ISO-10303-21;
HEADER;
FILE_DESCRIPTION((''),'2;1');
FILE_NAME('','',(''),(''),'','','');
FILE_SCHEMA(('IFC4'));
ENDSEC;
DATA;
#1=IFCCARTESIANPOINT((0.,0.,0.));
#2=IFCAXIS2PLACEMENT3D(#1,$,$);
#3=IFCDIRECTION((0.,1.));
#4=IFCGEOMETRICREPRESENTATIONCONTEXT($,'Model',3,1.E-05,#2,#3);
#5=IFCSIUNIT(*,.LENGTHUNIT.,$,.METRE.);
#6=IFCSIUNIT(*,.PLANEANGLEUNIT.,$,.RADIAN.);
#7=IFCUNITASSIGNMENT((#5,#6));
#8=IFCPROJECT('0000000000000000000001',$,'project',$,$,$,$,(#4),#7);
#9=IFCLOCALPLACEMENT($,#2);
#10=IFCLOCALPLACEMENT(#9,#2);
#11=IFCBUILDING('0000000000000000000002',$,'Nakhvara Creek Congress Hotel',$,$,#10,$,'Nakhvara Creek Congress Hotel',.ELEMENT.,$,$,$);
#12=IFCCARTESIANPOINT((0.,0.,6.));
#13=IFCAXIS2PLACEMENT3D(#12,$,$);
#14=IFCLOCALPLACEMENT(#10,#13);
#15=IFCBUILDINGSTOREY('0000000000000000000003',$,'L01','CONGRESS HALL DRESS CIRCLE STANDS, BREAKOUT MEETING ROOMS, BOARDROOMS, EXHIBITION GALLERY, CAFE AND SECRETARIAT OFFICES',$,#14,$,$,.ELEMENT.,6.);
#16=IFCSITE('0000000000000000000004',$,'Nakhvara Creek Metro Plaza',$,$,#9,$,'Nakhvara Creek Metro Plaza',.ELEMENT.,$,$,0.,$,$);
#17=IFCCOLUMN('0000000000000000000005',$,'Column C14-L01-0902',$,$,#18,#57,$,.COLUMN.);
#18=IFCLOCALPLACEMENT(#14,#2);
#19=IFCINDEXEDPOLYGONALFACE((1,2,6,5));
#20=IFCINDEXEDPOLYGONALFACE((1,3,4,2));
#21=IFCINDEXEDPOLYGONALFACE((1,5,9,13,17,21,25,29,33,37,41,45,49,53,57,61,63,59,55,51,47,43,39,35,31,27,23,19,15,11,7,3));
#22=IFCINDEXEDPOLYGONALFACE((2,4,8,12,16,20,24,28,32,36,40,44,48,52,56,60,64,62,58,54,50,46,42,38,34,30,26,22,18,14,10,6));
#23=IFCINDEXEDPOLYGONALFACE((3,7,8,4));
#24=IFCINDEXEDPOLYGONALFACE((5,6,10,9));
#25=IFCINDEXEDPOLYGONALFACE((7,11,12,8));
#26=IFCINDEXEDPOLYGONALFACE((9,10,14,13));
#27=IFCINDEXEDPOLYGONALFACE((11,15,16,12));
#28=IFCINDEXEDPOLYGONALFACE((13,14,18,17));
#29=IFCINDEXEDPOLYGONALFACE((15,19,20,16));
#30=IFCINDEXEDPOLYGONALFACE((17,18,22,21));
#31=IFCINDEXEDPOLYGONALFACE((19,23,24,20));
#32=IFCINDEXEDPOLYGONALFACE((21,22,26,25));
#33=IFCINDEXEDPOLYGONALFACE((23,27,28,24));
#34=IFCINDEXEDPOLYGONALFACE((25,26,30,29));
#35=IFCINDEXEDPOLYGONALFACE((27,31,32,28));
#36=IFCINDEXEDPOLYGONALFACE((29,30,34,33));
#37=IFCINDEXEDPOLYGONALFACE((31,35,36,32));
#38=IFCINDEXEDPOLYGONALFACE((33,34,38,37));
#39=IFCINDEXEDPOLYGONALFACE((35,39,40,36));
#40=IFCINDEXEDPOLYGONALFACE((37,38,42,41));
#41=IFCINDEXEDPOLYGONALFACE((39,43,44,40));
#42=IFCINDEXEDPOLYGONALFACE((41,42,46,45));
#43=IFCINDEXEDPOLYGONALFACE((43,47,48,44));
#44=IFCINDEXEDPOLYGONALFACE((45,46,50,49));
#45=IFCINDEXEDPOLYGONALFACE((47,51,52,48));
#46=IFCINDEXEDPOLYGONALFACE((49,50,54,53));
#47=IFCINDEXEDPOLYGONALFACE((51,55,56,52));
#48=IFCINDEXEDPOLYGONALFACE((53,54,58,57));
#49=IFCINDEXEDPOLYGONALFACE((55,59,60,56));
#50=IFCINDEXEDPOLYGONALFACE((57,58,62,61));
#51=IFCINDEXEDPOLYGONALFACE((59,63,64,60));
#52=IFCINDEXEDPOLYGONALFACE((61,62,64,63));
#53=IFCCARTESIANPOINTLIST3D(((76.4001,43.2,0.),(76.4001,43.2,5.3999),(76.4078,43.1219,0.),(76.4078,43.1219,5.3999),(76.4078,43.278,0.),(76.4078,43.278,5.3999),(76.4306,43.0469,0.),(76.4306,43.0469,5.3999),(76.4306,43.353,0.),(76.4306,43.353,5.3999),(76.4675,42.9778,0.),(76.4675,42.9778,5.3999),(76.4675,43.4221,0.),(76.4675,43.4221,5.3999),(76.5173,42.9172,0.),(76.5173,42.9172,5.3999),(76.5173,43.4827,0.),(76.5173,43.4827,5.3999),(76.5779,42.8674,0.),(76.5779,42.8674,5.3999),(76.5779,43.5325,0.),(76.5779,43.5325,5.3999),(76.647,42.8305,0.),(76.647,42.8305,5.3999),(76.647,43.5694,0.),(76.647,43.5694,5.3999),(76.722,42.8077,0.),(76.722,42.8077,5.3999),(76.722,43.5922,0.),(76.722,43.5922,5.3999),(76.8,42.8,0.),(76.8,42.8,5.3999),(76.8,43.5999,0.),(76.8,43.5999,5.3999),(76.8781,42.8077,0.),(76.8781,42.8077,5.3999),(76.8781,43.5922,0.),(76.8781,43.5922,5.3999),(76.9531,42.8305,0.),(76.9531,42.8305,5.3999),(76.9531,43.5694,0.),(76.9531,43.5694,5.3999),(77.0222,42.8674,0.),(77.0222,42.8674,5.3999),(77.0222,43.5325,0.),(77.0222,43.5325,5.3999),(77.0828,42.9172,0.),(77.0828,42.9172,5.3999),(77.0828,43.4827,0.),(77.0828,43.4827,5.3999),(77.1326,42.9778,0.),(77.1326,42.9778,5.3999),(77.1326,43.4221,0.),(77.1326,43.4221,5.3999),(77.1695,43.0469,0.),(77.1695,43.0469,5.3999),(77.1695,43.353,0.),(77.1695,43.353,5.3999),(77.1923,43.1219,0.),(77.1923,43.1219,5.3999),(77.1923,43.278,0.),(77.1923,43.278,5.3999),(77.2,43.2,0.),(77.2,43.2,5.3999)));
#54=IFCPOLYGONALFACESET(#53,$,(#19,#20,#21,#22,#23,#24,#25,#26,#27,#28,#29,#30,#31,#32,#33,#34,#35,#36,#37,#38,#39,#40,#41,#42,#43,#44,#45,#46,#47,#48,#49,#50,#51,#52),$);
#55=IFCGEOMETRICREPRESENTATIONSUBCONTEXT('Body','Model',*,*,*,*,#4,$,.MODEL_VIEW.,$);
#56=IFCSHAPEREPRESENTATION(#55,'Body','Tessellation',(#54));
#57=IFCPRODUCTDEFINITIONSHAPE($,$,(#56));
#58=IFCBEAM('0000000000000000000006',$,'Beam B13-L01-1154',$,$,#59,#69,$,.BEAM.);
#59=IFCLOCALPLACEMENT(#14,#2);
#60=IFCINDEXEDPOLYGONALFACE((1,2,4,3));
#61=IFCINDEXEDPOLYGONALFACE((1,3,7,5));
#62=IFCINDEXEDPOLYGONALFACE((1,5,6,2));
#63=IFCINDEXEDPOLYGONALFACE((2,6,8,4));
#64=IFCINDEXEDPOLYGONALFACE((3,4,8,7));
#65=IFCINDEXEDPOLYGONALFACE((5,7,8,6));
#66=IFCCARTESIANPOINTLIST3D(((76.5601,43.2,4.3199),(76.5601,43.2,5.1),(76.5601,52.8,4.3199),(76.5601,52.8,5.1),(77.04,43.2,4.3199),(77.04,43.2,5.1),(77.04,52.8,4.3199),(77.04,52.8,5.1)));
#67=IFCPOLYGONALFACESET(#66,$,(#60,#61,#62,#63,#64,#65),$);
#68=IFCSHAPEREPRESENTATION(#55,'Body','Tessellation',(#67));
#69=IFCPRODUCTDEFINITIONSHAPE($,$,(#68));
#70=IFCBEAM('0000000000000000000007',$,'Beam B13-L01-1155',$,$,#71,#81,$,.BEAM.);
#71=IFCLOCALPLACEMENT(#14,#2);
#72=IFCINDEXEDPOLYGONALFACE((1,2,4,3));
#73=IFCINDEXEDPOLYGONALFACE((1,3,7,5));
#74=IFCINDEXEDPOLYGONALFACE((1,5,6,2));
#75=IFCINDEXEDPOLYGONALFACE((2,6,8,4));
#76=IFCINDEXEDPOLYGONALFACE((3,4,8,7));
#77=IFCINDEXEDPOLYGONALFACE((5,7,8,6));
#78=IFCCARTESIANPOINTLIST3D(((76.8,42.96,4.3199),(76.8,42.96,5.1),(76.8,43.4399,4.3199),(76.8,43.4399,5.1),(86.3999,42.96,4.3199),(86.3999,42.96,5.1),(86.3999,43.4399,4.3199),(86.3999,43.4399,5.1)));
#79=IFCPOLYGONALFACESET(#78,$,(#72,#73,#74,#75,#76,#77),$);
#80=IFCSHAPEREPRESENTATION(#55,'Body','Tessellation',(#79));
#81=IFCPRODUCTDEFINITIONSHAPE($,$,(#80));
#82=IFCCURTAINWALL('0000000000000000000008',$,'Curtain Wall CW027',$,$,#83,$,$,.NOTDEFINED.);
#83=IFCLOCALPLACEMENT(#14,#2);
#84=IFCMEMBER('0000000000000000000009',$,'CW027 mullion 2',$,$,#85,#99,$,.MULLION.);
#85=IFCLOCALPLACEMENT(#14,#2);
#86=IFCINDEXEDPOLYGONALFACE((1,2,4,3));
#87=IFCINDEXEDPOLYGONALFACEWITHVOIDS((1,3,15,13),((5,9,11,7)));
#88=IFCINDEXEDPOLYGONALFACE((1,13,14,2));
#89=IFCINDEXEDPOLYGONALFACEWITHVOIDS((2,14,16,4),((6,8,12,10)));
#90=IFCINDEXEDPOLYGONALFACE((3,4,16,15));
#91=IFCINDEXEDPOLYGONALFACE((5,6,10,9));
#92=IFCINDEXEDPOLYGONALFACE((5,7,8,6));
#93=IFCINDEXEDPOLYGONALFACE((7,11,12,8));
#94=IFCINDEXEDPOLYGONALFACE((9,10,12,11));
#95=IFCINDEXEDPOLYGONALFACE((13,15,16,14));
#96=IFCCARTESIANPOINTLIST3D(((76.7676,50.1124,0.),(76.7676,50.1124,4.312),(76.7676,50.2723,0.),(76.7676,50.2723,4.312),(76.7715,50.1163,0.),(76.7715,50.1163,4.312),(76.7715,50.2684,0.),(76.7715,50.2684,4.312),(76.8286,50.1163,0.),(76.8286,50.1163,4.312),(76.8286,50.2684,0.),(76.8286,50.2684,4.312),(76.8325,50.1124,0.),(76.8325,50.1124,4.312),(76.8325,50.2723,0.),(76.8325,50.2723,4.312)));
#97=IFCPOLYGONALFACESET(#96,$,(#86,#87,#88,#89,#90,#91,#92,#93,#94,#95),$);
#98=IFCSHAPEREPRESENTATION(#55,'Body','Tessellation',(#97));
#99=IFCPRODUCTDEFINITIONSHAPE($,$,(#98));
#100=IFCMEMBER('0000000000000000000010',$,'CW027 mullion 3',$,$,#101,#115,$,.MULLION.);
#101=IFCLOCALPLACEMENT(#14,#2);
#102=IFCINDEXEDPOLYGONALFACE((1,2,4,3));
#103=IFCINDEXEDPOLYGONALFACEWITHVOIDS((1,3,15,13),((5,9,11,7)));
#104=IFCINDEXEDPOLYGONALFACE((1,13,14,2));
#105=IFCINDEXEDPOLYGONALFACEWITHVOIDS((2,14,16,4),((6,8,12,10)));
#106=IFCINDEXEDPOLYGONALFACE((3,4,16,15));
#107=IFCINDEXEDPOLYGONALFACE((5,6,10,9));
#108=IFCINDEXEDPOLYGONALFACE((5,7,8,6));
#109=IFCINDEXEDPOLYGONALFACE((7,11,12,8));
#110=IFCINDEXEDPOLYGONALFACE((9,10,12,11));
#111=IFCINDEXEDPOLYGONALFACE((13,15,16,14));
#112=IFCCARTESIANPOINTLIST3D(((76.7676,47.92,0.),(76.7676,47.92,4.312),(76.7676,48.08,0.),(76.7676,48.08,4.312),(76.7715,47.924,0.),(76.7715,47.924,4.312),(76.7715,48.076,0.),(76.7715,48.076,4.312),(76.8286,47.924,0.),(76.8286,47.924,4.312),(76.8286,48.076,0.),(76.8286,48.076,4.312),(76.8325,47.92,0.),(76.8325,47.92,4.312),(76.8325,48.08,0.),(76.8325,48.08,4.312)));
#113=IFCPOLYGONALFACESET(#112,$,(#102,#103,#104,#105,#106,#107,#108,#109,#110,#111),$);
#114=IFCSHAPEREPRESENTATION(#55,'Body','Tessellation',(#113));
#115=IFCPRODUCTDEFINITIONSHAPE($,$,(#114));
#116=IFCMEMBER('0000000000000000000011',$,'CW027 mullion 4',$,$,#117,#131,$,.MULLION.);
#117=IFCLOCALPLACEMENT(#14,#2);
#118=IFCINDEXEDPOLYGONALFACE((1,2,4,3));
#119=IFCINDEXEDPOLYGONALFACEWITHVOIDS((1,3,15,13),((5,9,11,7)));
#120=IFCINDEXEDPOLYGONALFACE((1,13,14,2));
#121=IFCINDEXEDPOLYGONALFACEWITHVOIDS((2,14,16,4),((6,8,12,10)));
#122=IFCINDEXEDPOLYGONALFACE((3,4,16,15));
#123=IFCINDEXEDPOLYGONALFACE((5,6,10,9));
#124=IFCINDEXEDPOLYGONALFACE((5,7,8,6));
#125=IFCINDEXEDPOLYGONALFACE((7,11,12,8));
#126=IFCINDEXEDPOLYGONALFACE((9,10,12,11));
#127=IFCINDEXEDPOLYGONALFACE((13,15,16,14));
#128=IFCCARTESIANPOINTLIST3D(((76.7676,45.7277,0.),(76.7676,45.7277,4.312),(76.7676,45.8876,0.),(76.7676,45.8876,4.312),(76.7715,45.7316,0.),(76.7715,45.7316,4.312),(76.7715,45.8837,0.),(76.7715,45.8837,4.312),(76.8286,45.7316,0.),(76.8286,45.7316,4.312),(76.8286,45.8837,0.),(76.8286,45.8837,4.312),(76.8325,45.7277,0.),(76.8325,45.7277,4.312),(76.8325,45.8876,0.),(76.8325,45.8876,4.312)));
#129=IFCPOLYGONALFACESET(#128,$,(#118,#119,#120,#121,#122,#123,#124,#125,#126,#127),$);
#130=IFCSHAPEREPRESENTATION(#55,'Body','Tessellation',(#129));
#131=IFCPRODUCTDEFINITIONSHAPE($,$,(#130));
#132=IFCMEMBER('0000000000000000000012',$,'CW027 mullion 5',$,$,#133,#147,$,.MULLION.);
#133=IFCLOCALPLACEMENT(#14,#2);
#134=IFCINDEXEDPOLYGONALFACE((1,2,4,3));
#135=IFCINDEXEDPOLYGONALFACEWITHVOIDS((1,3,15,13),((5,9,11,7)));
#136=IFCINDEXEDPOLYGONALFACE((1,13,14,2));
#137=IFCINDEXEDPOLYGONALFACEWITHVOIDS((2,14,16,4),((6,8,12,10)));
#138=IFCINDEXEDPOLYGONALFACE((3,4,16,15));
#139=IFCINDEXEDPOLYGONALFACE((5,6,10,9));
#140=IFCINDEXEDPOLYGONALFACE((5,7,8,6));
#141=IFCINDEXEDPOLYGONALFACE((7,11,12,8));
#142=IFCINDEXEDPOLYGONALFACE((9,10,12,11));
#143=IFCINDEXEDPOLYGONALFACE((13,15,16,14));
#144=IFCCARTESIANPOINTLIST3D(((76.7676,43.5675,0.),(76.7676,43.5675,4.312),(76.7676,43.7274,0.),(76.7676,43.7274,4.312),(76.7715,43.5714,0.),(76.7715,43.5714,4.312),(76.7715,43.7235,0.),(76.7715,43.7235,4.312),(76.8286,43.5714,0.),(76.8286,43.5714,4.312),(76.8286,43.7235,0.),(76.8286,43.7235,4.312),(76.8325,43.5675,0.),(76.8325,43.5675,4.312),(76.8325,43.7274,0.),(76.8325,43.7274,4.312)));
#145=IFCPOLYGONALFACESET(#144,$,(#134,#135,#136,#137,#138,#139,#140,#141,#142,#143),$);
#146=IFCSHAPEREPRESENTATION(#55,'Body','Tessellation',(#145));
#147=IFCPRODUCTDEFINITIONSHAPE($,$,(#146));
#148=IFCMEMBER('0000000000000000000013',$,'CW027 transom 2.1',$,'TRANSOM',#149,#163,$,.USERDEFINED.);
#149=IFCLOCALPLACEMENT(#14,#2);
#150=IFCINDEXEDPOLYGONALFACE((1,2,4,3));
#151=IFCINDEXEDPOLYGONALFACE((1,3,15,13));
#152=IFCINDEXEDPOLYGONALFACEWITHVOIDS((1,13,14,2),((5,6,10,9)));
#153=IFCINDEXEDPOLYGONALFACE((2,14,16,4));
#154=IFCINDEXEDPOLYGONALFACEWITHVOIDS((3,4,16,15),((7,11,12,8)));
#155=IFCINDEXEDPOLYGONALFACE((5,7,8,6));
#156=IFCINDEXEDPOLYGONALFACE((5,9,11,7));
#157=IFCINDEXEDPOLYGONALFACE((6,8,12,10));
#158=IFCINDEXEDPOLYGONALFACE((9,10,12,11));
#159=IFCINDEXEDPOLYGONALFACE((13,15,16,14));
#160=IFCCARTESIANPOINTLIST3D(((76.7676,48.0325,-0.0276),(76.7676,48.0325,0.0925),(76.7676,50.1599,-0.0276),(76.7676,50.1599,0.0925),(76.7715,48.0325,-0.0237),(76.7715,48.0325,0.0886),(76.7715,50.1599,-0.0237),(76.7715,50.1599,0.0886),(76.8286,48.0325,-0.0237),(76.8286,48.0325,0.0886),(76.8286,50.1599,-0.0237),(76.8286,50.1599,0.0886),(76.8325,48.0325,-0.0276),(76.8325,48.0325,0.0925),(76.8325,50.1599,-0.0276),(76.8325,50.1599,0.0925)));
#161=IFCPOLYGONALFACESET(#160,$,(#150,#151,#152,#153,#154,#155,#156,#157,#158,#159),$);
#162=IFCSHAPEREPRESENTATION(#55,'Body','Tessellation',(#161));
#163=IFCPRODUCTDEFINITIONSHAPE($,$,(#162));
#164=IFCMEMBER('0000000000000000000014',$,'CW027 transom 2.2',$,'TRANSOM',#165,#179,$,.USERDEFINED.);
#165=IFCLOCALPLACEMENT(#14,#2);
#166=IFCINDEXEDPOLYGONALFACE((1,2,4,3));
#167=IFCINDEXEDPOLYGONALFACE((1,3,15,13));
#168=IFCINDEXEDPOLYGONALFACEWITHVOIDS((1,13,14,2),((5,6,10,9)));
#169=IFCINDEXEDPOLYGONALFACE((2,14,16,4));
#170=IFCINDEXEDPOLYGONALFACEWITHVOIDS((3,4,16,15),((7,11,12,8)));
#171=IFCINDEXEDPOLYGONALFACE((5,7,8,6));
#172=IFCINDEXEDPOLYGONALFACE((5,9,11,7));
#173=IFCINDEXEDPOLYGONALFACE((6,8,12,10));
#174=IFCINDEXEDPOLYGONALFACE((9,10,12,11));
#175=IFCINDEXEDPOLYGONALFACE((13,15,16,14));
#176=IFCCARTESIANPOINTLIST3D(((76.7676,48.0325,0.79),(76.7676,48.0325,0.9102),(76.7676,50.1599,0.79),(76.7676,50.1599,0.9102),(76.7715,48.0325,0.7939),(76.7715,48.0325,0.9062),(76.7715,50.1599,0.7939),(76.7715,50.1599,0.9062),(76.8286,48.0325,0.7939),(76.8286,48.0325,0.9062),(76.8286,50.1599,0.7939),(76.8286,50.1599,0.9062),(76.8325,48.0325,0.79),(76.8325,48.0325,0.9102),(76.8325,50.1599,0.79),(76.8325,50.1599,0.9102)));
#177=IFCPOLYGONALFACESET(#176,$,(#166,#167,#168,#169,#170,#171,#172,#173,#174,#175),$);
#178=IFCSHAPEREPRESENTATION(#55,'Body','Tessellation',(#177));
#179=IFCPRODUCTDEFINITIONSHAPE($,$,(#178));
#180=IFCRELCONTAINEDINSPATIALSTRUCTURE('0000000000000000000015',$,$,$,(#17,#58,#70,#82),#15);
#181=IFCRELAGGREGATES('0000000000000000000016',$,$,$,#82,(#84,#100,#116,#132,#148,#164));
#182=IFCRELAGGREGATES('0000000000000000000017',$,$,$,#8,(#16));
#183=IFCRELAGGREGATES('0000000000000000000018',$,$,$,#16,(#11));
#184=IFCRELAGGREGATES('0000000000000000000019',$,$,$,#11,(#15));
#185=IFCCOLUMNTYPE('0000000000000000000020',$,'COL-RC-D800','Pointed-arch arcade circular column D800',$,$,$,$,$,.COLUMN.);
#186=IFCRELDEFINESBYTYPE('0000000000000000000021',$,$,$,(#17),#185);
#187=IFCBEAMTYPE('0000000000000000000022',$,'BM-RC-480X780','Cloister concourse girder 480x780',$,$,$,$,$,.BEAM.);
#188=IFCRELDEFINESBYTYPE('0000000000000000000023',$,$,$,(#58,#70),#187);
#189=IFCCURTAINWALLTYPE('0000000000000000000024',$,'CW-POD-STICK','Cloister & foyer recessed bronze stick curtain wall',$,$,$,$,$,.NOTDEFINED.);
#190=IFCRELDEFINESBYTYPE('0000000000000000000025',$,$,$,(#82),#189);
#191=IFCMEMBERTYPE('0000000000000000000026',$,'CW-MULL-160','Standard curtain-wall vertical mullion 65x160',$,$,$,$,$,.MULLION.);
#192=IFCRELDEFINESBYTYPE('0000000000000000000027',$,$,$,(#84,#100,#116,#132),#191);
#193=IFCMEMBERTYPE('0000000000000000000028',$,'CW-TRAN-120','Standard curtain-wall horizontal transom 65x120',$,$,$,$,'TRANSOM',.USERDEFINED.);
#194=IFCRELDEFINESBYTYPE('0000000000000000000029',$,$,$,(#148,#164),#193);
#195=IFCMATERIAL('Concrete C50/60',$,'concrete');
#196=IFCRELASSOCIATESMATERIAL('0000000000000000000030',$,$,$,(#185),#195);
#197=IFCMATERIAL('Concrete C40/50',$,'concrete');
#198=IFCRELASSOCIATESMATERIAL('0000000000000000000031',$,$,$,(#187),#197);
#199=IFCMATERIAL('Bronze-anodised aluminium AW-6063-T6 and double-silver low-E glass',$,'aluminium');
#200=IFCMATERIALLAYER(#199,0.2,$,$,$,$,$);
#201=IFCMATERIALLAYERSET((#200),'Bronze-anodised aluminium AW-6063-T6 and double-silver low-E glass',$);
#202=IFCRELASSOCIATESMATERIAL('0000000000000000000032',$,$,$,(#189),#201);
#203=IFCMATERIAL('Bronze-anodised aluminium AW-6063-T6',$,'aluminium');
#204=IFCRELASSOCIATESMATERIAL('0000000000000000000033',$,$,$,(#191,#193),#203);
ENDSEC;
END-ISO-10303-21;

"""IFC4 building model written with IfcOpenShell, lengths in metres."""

from ifc_helpers import new_model, si_unit, direction, frame, origin, origin_2d, place, context, subcontext, project, spatial, rectangle, hollow_rectangle, circle, extrude, material, layer, layer_set, material_profile, profile_set, type_object, element, aggregate, save


model = new_model("IFC4")

# Units and contexts
model_context = context("Model", 3, precision=1e-05, world=origin(), true_north=direction((0.0, 1.0)))
body_context = subcontext(model_context, "Body", "Model", "MODEL_VIEW")
ifc_project = project(units=[si_unit("LENGTHUNIT", "METRE"), si_unit("PLANEANGLEUNIT", "RADIAN")], contexts=[model_context])

# Site, building, storey
site_placement = place(None, origin())
site = spatial("IfcSite", under=ifc_project, at=site_placement, Name="Nakhvara Creek Metro Plaza", LongName="Nakhvara Creek Metro Plaza", CompositionType="ELEMENT", RefElevation=0.0)
building_placement = place(site_placement, origin())
building = spatial("IfcBuilding", under=site, at=building_placement, Name="Nakhvara Creek Congress Hotel", LongName="Nakhvara Creek Congress Hotel", CompositionType="ELEMENT")
storey_placement = place(building_placement, frame((0.0, 0.0, 6.0)))
storey = spatial("IfcBuildingStorey", under=building, at=storey_placement, Name="L01", Description="CONGRESS HALL DRESS CIRCLE STANDS, BREAKOUT MEETING ROOMS, BOARDROOMS, EXHIBITION GALLERY, CAFE AND SECRETARIAT OFFICES", CompositionType="ELEMENT", Elevation=6.0)

# Column
ifc_material_1 = material(Name="Concrete C50/60", Category="concrete")
ifc_material_profile_1 = material_profile(ifc_material_1, circle(Radius=0.3999, at=origin_2d()), Name="RC-COL D800", Category="LoadBearing")
ifc_profile_set_1 = profile_set([ifc_material_profile_1], Name="Concrete C50/60")
column_type = type_object("IfcColumnType", Name="COL-RC-D800", Description="Pointed-arch arcade circular column D800", PredefinedType="COLUMN", material=ifc_profile_set_1)
column_placement = place(storey_placement, frame((76.8, 43.2, 0.0), z_axis=(0.0, 0.0, 1.0), x_axis=(1.0, 0.0, 0.0)))
element("IfcColumn", 1, at=column_placement, inside=storey, type_object=column_type, Name="Column C14-L01-0902", PredefinedType="COLUMN", context=body_context, shape_type="SweptSolid", body=[
    extrude(circle(Radius=0.3999, at=origin_2d()), origin(), (0.0, 0.0, 1.0), 5.3999),
])

# Beams
ifc_material_2 = material(Name="Concrete C40/50", Category="concrete")
ifc_material_profile_2 = material_profile(ifc_material_2, rectangle(XDim=0.48, YDim=0.78, at=origin_2d()), Name="RC-BM 480x780", Category="LoadBearing")
ifc_profile_set_2 = profile_set([ifc_material_profile_2], Name="Concrete C40/50")
beam_type = type_object("IfcBeamType", Name="BM-RC-480X780", Description="Cloister concourse girder 480x780", PredefinedType="BEAM", material=ifc_profile_set_2)
beam_1_placement = place(storey_placement, frame((76.8, 43.2, 4.71), z_axis=(0.0, 1.0, 0.0), x_axis=(-1.0, 0.0, 0.0)))
element("IfcBeam", 2, at=beam_1_placement, inside=storey, type_object=beam_type, Name="Beam B13-L01-1154", PredefinedType="BEAM", context=body_context, shape_type="SweptSolid", body=[
    extrude(rectangle(XDim=0.48, YDim=0.78, at=origin_2d()), origin(), (0.0, 0.0, 1.0), 9.6001),
])
beam_2_placement = place(storey_placement, frame((76.8, 43.2, 4.71), z_axis=(1.0, 0.0, 0.0), x_axis=(0.0, 1.0, 0.0)))
element("IfcBeam", 3, at=beam_2_placement, inside=storey, type_object=beam_type, Name="Beam B13-L01-1155", PredefinedType="BEAM", context=body_context, shape_type="SweptSolid", body=[
    extrude(rectangle(XDim=0.48, YDim=0.78, at=origin_2d()), origin(), (0.0, 0.0, 1.0), 9.5999),
])

# Curtain wall, members
ifc_material_3 = material(Name="Bronze-anodised aluminium AW-6063-T6 and double-silver low-E glass", Category="aluminium")
ifc_layer_1 = layer(ifc_material_3, 0.2)
ifc_layer_set_1 = layer_set([ifc_layer_1], Name="Bronze-anodised aluminium AW-6063-T6 and double-silver low-E glass")
curtain_wall_type = type_object("IfcCurtainWallType", Name="CW-POD-STICK", Description="Cloister & foyer recessed bronze stick curtain wall", PredefinedType="NOTDEFINED", material=ifc_layer_set_1)
curtain_wall_placement = place(storey_placement, origin())
curtain_wall = element("IfcCurtainWall", 4, at=curtain_wall_placement, inside=storey, type_object=curtain_wall_type, Name="Curtain Wall CW027", PredefinedType="NOTDEFINED")
ifc_material_4 = material(Name="Bronze-anodised aluminium AW-6063-T6", Category="aluminium")
ifc_material_profile_3 = material_profile(ifc_material_4, hollow_rectangle(XDim=0.0649, YDim=0.1599, WallThickness=0.0039, at=origin_2d()), Name="ALU-MULL 65x160x4", Category="LoadBearing")
ifc_profile_set_3 = profile_set([ifc_material_profile_3], Name="Bronze-anodised aluminium AW-6063-T6")
member_type_1 = type_object("IfcMemberType", Name="CW-MULL-160", Description="Standard curtain-wall vertical mullion 65x160", PredefinedType="MULLION", material=ifc_profile_set_3)
member_1_placement = place(storey_placement, frame((76.8, 50.1924, 0.0), z_axis=(0.0, 0.0, 1.0), x_axis=(1.0, 0.0, 0.0)))
member_1 = element("IfcMember", 5, at=member_1_placement, type_object=member_type_1, Name="CW027 mullion 2", PredefinedType="MULLION", context=body_context, shape_type="SweptSolid", body=[
    extrude(hollow_rectangle(XDim=0.0649, YDim=0.1599, WallThickness=0.0039, at=origin_2d()), origin(), (0.0, 0.0, 1.0), 4.312),
])
member_2_placement = place(storey_placement, frame((76.8, 48.0, 0.0), z_axis=(0.0, 0.0, 1.0), x_axis=(1.0, 0.0, 0.0)))
member_2 = element("IfcMember", 6, at=member_2_placement, type_object=member_type_1, Name="CW027 mullion 3", PredefinedType="MULLION", context=body_context, shape_type="SweptSolid", body=[
    extrude(hollow_rectangle(XDim=0.0649, YDim=0.1599, WallThickness=0.0039, at=origin_2d()), origin(), (0.0, 0.0, 1.0), 4.312),
])
member_3_placement = place(storey_placement, frame((76.8, 45.8076, 0.0), z_axis=(0.0, 0.0, 1.0), x_axis=(1.0, 0.0, 0.0)))
member_3 = element("IfcMember", 7, at=member_3_placement, type_object=member_type_1, Name="CW027 mullion 4", PredefinedType="MULLION", context=body_context, shape_type="SweptSolid", body=[
    extrude(hollow_rectangle(XDim=0.0649, YDim=0.1599, WallThickness=0.0039, at=origin_2d()), origin(), (0.0, 0.0, 1.0), 4.312),
])
member_4_placement = place(storey_placement, frame((76.8, 43.6475, 0.0), z_axis=(0.0, 0.0, 1.0), x_axis=(1.0, 0.0, 0.0)))
member_4 = element("IfcMember", 8, at=member_4_placement, type_object=member_type_1, Name="CW027 mullion 5", PredefinedType="MULLION", context=body_context, shape_type="SweptSolid", body=[
    extrude(hollow_rectangle(XDim=0.0649, YDim=0.1599, WallThickness=0.0039, at=origin_2d()), origin(), (0.0, 0.0, 1.0), 4.312),
])
ifc_material_profile_4 = material_profile(ifc_material_4, hollow_rectangle(XDim=0.0649, YDim=0.1201, WallThickness=0.0039, at=origin_2d()), Name="ALU-TRAN 65x120x4", Category="LoadBearing")
ifc_profile_set_4 = profile_set([ifc_material_profile_4], Name="Bronze-anodised aluminium AW-6063-T6")
member_type_2 = type_object("IfcMemberType", Name="CW-TRAN-120", Description="Standard curtain-wall horizontal transom 65x120", ElementType="TRANSOM", PredefinedType="USERDEFINED", material=ifc_profile_set_4)
member_5_placement = place(storey_placement, frame((76.8, 50.1599, 0.0325), z_axis=(0.0, -1.0, 0.0), x_axis=(1.0, 0.0, 0.0)))
member_5 = element("IfcMember", 9, at=member_5_placement, type_object=member_type_2, Name="CW027 transom 2.1", ObjectType="TRANSOM", PredefinedType="USERDEFINED", context=body_context, shape_type="SweptSolid", body=[
    extrude(hollow_rectangle(XDim=0.0649, YDim=0.1201, WallThickness=0.0039, at=origin_2d()), origin(), (0.0, 0.0, 1.0), 2.1274),
])
member_6_placement = place(storey_placement, frame((76.8, 50.1599, 0.8501), z_axis=(0.0, -1.0, 0.0), x_axis=(1.0, 0.0, 0.0)))
member_6 = element("IfcMember", 10, at=member_6_placement, type_object=member_type_2, Name="CW027 transom 2.2", ObjectType="TRANSOM", PredefinedType="USERDEFINED", context=body_context, shape_type="SweptSolid", body=[
    extrude(hollow_rectangle(XDim=0.0649, YDim=0.1201, WallThickness=0.0039, at=origin_2d()), origin(), (0.0, 0.0, 1.0), 2.1274),
])
aggregate(curtain_wall, [member_1, member_2, member_3, member_4, member_5, member_6])

save(model, "model.ifc")
